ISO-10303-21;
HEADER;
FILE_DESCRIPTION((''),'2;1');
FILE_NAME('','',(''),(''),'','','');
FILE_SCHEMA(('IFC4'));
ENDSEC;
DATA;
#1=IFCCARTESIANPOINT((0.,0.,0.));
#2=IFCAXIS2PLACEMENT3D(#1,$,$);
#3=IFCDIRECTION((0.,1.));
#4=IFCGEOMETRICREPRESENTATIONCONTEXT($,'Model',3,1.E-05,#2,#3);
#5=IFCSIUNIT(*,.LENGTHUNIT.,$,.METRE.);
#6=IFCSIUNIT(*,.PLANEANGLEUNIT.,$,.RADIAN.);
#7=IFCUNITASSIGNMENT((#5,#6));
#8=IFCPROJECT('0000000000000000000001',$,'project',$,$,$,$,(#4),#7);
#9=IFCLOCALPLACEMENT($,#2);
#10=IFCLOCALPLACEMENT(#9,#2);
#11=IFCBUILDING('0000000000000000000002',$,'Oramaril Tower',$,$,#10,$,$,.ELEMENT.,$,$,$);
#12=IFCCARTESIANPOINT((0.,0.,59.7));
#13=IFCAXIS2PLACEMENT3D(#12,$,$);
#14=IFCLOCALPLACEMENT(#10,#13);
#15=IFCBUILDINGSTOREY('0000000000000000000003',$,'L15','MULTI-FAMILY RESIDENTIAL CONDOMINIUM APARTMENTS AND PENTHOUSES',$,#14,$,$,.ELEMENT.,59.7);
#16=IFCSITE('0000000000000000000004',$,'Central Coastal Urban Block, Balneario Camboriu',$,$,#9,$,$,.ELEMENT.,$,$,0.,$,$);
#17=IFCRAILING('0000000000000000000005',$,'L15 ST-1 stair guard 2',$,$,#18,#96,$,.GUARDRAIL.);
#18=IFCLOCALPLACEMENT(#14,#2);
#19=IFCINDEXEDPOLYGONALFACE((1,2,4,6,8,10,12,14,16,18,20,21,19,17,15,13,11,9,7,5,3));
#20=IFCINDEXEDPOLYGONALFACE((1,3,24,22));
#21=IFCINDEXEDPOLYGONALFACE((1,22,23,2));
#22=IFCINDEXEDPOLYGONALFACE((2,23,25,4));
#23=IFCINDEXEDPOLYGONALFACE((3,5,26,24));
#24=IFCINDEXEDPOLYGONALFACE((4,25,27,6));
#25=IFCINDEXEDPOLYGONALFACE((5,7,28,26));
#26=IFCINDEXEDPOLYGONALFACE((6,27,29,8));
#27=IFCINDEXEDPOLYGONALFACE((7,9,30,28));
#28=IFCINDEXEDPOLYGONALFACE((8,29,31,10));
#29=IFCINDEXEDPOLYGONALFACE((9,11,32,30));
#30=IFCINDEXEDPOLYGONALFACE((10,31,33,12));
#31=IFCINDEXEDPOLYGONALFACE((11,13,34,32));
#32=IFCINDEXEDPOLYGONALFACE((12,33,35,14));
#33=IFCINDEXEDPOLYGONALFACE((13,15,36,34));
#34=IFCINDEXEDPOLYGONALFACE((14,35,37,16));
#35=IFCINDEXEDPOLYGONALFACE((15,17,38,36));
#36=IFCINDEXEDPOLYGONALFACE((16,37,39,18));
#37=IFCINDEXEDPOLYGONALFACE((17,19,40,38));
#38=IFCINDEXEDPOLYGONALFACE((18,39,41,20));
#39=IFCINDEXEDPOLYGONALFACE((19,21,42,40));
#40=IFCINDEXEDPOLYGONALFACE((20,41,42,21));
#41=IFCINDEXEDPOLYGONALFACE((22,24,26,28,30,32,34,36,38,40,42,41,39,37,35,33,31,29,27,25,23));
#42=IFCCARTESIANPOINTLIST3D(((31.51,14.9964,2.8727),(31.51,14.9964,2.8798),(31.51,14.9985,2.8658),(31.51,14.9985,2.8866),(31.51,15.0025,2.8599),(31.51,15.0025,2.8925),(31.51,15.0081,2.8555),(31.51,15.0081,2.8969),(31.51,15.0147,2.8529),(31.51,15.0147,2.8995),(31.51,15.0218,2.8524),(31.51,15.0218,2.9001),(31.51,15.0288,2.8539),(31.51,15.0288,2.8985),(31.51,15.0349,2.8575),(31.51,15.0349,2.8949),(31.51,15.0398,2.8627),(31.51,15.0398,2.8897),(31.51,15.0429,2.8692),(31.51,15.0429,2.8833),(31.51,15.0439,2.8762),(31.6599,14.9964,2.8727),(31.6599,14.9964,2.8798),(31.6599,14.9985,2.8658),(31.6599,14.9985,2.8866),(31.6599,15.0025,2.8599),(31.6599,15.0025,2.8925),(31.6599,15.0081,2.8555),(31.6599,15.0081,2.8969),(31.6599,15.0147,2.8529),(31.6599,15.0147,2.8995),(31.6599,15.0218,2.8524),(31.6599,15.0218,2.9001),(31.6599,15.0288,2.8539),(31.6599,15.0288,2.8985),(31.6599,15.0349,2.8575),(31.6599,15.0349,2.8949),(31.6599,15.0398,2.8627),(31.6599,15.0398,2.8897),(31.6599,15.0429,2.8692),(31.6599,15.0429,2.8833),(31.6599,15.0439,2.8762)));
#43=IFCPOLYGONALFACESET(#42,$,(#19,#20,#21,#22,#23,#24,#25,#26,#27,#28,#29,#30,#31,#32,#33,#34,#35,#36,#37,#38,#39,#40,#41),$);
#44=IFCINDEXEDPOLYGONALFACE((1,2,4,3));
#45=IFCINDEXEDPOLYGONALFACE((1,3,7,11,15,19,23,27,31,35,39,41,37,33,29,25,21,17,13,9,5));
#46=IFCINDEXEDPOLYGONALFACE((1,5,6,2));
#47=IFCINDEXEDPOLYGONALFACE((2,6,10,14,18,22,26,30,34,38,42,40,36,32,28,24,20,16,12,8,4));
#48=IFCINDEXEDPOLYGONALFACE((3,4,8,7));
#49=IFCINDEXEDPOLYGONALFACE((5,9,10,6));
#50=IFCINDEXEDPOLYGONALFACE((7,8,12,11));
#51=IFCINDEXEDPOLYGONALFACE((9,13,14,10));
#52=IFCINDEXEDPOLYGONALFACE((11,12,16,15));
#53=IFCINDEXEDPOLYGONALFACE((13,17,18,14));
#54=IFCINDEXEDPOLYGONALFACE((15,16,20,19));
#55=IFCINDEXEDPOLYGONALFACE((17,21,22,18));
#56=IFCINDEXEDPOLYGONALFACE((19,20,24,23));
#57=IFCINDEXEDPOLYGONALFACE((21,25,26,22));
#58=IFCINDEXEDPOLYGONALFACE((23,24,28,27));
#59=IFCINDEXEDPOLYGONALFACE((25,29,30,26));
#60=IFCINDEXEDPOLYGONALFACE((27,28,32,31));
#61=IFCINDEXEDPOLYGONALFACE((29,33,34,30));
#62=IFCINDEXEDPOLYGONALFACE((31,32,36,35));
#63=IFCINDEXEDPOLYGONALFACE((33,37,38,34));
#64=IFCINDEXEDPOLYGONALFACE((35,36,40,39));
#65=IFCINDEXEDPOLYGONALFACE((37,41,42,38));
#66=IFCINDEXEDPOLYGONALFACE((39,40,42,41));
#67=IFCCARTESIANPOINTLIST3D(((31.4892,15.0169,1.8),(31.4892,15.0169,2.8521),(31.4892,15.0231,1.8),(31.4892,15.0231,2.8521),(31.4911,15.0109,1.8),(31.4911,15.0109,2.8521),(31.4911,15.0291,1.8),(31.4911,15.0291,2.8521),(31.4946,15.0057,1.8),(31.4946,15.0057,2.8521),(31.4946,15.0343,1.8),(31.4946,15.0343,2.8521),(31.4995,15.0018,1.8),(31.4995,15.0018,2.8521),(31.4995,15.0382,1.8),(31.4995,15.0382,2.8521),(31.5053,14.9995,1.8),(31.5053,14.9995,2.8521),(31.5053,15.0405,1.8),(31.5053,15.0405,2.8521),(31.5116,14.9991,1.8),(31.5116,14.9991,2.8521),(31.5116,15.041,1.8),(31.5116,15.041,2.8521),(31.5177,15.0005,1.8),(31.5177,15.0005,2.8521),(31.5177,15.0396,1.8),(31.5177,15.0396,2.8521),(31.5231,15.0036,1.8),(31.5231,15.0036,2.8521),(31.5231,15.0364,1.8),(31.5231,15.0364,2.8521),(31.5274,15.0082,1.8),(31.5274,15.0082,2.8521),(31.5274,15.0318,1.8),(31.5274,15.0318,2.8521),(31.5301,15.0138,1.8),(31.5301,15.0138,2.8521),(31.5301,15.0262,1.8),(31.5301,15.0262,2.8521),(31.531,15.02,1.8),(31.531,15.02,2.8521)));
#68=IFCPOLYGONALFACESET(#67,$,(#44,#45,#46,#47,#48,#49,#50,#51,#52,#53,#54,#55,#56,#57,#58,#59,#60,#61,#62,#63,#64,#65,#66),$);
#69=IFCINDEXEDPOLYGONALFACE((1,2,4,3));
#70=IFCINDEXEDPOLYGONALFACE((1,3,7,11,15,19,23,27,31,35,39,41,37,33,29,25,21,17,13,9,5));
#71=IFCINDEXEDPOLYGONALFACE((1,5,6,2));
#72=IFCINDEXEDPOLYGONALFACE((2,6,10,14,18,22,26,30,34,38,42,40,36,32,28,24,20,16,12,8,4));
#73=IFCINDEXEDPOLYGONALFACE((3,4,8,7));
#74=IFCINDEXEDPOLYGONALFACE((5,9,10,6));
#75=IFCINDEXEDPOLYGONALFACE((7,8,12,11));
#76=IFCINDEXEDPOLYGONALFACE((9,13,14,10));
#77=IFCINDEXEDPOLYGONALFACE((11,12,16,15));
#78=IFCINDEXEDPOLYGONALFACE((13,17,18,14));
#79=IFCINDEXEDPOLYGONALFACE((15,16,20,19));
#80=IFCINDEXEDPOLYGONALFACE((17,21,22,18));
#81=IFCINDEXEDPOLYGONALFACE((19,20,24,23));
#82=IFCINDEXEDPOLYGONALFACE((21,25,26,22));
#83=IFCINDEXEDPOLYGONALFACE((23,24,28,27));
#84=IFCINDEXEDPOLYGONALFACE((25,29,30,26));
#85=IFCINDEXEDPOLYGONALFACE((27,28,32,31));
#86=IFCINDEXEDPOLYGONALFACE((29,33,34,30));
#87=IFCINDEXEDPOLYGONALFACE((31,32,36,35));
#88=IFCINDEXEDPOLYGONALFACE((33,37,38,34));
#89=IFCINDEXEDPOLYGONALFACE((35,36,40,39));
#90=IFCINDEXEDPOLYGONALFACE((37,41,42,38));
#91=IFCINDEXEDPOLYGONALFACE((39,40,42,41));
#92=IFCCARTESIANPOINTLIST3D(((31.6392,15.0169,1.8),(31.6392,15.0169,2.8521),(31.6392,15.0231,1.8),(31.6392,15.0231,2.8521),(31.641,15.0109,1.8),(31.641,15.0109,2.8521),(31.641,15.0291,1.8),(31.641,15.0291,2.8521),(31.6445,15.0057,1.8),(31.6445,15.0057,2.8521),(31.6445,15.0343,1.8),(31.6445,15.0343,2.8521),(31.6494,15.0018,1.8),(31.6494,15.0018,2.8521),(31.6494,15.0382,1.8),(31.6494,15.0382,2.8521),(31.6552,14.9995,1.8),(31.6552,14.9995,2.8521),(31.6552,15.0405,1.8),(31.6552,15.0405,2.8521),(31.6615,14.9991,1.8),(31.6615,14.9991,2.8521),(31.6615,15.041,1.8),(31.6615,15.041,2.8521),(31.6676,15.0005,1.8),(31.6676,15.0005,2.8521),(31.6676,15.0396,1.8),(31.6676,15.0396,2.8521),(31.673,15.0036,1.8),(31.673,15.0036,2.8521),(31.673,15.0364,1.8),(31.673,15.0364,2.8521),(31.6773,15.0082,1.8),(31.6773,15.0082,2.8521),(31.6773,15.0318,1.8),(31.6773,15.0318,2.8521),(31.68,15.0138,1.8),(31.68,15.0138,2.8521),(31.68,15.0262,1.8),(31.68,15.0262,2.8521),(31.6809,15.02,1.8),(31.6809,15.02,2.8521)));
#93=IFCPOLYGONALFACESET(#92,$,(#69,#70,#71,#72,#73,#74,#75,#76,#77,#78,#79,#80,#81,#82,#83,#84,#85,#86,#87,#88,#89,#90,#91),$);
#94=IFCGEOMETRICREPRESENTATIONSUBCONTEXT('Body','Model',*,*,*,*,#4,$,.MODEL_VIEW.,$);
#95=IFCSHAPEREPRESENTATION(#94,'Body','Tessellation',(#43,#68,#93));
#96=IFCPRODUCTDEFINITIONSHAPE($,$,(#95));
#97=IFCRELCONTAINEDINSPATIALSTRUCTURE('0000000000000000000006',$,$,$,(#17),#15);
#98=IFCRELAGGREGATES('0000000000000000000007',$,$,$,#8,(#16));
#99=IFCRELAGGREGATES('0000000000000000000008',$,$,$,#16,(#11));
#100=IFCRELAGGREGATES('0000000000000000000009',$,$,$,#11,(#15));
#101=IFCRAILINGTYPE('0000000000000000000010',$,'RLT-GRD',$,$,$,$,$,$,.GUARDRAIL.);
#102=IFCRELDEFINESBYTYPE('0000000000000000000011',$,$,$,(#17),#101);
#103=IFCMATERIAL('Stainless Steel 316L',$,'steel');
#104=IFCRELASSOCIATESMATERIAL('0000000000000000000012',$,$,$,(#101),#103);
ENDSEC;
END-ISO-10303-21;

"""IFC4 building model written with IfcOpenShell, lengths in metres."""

from ifc_helpers import new_model, si_unit, direction, frame, origin, origin_2d, place, context, subcontext, project, spatial, circle, extrude, material, type_object, element, save


model = new_model("IFC4")

# Units and contexts
model_context = context("Model", 3, precision=1e-05, world=origin(), true_north=direction((0.0, 1.0)))
body_context = subcontext(model_context, "Body", "Model", "MODEL_VIEW")
ifc_project = project(units=[si_unit("LENGTHUNIT", "METRE"), si_unit("PLANEANGLEUNIT", "RADIAN")], contexts=[model_context])

# Site, building, storey
site_placement = place(None, origin())
site = spatial("IfcSite", under=ifc_project, at=site_placement, Name="Central Coastal Urban Block, Balneario Camboriu", CompositionType="ELEMENT", RefElevation=0.0)
building_placement = place(site_placement, origin())
building = spatial("IfcBuilding", under=site, at=building_placement, Name="Oramaril Tower", CompositionType="ELEMENT")
storey_placement = place(building_placement, frame((0.0, 0.0, 59.7)))
storey = spatial("IfcBuildingStorey", under=building, at=storey_placement, Name="L15", Description="MULTI-FAMILY RESIDENTIAL CONDOMINIUM APARTMENTS AND PENTHOUSES", CompositionType="ELEMENT", Elevation=59.7)

# Railing
ifc_material_1 = material(Name="Stainless Steel 316L", Category="steel")
railing_type_1 = type_object("IfcRailingType", Name="RLT-GRD", PredefinedType="GUARDRAIL", material=ifc_material_1)
railing_1_placement = place(storey_placement, frame((31.51, 15.02, 1.8)))
element("IfcRailing", 1, at=railing_1_placement, inside=storey, type_object=railing_type_1, Name="L15 ST-1 stair guard 2", PredefinedType="GUARDRAIL", context=body_context, shape_type="SweptSolid", body=[
    extrude(circle(Radius=0.0239, at=origin_2d()), frame((0.0, 0.0, 1.0762), z_axis=(1.0, 0.0, 0.0), x_axis=(0.0, 1.0, 0.0)), (0.0, 0.0, 1.0), 0.1499),
    extrude(circle(Radius=0.021, at=origin_2d()), origin(), (0.0, 0.0, 1.0), 1.052),
    extrude(circle(Radius=0.021, at=origin_2d()), frame((0.1499, 0.0, 0.0)), (0.0, 0.0, 1.0), 1.052),
])

save(model, "model.ifc")
